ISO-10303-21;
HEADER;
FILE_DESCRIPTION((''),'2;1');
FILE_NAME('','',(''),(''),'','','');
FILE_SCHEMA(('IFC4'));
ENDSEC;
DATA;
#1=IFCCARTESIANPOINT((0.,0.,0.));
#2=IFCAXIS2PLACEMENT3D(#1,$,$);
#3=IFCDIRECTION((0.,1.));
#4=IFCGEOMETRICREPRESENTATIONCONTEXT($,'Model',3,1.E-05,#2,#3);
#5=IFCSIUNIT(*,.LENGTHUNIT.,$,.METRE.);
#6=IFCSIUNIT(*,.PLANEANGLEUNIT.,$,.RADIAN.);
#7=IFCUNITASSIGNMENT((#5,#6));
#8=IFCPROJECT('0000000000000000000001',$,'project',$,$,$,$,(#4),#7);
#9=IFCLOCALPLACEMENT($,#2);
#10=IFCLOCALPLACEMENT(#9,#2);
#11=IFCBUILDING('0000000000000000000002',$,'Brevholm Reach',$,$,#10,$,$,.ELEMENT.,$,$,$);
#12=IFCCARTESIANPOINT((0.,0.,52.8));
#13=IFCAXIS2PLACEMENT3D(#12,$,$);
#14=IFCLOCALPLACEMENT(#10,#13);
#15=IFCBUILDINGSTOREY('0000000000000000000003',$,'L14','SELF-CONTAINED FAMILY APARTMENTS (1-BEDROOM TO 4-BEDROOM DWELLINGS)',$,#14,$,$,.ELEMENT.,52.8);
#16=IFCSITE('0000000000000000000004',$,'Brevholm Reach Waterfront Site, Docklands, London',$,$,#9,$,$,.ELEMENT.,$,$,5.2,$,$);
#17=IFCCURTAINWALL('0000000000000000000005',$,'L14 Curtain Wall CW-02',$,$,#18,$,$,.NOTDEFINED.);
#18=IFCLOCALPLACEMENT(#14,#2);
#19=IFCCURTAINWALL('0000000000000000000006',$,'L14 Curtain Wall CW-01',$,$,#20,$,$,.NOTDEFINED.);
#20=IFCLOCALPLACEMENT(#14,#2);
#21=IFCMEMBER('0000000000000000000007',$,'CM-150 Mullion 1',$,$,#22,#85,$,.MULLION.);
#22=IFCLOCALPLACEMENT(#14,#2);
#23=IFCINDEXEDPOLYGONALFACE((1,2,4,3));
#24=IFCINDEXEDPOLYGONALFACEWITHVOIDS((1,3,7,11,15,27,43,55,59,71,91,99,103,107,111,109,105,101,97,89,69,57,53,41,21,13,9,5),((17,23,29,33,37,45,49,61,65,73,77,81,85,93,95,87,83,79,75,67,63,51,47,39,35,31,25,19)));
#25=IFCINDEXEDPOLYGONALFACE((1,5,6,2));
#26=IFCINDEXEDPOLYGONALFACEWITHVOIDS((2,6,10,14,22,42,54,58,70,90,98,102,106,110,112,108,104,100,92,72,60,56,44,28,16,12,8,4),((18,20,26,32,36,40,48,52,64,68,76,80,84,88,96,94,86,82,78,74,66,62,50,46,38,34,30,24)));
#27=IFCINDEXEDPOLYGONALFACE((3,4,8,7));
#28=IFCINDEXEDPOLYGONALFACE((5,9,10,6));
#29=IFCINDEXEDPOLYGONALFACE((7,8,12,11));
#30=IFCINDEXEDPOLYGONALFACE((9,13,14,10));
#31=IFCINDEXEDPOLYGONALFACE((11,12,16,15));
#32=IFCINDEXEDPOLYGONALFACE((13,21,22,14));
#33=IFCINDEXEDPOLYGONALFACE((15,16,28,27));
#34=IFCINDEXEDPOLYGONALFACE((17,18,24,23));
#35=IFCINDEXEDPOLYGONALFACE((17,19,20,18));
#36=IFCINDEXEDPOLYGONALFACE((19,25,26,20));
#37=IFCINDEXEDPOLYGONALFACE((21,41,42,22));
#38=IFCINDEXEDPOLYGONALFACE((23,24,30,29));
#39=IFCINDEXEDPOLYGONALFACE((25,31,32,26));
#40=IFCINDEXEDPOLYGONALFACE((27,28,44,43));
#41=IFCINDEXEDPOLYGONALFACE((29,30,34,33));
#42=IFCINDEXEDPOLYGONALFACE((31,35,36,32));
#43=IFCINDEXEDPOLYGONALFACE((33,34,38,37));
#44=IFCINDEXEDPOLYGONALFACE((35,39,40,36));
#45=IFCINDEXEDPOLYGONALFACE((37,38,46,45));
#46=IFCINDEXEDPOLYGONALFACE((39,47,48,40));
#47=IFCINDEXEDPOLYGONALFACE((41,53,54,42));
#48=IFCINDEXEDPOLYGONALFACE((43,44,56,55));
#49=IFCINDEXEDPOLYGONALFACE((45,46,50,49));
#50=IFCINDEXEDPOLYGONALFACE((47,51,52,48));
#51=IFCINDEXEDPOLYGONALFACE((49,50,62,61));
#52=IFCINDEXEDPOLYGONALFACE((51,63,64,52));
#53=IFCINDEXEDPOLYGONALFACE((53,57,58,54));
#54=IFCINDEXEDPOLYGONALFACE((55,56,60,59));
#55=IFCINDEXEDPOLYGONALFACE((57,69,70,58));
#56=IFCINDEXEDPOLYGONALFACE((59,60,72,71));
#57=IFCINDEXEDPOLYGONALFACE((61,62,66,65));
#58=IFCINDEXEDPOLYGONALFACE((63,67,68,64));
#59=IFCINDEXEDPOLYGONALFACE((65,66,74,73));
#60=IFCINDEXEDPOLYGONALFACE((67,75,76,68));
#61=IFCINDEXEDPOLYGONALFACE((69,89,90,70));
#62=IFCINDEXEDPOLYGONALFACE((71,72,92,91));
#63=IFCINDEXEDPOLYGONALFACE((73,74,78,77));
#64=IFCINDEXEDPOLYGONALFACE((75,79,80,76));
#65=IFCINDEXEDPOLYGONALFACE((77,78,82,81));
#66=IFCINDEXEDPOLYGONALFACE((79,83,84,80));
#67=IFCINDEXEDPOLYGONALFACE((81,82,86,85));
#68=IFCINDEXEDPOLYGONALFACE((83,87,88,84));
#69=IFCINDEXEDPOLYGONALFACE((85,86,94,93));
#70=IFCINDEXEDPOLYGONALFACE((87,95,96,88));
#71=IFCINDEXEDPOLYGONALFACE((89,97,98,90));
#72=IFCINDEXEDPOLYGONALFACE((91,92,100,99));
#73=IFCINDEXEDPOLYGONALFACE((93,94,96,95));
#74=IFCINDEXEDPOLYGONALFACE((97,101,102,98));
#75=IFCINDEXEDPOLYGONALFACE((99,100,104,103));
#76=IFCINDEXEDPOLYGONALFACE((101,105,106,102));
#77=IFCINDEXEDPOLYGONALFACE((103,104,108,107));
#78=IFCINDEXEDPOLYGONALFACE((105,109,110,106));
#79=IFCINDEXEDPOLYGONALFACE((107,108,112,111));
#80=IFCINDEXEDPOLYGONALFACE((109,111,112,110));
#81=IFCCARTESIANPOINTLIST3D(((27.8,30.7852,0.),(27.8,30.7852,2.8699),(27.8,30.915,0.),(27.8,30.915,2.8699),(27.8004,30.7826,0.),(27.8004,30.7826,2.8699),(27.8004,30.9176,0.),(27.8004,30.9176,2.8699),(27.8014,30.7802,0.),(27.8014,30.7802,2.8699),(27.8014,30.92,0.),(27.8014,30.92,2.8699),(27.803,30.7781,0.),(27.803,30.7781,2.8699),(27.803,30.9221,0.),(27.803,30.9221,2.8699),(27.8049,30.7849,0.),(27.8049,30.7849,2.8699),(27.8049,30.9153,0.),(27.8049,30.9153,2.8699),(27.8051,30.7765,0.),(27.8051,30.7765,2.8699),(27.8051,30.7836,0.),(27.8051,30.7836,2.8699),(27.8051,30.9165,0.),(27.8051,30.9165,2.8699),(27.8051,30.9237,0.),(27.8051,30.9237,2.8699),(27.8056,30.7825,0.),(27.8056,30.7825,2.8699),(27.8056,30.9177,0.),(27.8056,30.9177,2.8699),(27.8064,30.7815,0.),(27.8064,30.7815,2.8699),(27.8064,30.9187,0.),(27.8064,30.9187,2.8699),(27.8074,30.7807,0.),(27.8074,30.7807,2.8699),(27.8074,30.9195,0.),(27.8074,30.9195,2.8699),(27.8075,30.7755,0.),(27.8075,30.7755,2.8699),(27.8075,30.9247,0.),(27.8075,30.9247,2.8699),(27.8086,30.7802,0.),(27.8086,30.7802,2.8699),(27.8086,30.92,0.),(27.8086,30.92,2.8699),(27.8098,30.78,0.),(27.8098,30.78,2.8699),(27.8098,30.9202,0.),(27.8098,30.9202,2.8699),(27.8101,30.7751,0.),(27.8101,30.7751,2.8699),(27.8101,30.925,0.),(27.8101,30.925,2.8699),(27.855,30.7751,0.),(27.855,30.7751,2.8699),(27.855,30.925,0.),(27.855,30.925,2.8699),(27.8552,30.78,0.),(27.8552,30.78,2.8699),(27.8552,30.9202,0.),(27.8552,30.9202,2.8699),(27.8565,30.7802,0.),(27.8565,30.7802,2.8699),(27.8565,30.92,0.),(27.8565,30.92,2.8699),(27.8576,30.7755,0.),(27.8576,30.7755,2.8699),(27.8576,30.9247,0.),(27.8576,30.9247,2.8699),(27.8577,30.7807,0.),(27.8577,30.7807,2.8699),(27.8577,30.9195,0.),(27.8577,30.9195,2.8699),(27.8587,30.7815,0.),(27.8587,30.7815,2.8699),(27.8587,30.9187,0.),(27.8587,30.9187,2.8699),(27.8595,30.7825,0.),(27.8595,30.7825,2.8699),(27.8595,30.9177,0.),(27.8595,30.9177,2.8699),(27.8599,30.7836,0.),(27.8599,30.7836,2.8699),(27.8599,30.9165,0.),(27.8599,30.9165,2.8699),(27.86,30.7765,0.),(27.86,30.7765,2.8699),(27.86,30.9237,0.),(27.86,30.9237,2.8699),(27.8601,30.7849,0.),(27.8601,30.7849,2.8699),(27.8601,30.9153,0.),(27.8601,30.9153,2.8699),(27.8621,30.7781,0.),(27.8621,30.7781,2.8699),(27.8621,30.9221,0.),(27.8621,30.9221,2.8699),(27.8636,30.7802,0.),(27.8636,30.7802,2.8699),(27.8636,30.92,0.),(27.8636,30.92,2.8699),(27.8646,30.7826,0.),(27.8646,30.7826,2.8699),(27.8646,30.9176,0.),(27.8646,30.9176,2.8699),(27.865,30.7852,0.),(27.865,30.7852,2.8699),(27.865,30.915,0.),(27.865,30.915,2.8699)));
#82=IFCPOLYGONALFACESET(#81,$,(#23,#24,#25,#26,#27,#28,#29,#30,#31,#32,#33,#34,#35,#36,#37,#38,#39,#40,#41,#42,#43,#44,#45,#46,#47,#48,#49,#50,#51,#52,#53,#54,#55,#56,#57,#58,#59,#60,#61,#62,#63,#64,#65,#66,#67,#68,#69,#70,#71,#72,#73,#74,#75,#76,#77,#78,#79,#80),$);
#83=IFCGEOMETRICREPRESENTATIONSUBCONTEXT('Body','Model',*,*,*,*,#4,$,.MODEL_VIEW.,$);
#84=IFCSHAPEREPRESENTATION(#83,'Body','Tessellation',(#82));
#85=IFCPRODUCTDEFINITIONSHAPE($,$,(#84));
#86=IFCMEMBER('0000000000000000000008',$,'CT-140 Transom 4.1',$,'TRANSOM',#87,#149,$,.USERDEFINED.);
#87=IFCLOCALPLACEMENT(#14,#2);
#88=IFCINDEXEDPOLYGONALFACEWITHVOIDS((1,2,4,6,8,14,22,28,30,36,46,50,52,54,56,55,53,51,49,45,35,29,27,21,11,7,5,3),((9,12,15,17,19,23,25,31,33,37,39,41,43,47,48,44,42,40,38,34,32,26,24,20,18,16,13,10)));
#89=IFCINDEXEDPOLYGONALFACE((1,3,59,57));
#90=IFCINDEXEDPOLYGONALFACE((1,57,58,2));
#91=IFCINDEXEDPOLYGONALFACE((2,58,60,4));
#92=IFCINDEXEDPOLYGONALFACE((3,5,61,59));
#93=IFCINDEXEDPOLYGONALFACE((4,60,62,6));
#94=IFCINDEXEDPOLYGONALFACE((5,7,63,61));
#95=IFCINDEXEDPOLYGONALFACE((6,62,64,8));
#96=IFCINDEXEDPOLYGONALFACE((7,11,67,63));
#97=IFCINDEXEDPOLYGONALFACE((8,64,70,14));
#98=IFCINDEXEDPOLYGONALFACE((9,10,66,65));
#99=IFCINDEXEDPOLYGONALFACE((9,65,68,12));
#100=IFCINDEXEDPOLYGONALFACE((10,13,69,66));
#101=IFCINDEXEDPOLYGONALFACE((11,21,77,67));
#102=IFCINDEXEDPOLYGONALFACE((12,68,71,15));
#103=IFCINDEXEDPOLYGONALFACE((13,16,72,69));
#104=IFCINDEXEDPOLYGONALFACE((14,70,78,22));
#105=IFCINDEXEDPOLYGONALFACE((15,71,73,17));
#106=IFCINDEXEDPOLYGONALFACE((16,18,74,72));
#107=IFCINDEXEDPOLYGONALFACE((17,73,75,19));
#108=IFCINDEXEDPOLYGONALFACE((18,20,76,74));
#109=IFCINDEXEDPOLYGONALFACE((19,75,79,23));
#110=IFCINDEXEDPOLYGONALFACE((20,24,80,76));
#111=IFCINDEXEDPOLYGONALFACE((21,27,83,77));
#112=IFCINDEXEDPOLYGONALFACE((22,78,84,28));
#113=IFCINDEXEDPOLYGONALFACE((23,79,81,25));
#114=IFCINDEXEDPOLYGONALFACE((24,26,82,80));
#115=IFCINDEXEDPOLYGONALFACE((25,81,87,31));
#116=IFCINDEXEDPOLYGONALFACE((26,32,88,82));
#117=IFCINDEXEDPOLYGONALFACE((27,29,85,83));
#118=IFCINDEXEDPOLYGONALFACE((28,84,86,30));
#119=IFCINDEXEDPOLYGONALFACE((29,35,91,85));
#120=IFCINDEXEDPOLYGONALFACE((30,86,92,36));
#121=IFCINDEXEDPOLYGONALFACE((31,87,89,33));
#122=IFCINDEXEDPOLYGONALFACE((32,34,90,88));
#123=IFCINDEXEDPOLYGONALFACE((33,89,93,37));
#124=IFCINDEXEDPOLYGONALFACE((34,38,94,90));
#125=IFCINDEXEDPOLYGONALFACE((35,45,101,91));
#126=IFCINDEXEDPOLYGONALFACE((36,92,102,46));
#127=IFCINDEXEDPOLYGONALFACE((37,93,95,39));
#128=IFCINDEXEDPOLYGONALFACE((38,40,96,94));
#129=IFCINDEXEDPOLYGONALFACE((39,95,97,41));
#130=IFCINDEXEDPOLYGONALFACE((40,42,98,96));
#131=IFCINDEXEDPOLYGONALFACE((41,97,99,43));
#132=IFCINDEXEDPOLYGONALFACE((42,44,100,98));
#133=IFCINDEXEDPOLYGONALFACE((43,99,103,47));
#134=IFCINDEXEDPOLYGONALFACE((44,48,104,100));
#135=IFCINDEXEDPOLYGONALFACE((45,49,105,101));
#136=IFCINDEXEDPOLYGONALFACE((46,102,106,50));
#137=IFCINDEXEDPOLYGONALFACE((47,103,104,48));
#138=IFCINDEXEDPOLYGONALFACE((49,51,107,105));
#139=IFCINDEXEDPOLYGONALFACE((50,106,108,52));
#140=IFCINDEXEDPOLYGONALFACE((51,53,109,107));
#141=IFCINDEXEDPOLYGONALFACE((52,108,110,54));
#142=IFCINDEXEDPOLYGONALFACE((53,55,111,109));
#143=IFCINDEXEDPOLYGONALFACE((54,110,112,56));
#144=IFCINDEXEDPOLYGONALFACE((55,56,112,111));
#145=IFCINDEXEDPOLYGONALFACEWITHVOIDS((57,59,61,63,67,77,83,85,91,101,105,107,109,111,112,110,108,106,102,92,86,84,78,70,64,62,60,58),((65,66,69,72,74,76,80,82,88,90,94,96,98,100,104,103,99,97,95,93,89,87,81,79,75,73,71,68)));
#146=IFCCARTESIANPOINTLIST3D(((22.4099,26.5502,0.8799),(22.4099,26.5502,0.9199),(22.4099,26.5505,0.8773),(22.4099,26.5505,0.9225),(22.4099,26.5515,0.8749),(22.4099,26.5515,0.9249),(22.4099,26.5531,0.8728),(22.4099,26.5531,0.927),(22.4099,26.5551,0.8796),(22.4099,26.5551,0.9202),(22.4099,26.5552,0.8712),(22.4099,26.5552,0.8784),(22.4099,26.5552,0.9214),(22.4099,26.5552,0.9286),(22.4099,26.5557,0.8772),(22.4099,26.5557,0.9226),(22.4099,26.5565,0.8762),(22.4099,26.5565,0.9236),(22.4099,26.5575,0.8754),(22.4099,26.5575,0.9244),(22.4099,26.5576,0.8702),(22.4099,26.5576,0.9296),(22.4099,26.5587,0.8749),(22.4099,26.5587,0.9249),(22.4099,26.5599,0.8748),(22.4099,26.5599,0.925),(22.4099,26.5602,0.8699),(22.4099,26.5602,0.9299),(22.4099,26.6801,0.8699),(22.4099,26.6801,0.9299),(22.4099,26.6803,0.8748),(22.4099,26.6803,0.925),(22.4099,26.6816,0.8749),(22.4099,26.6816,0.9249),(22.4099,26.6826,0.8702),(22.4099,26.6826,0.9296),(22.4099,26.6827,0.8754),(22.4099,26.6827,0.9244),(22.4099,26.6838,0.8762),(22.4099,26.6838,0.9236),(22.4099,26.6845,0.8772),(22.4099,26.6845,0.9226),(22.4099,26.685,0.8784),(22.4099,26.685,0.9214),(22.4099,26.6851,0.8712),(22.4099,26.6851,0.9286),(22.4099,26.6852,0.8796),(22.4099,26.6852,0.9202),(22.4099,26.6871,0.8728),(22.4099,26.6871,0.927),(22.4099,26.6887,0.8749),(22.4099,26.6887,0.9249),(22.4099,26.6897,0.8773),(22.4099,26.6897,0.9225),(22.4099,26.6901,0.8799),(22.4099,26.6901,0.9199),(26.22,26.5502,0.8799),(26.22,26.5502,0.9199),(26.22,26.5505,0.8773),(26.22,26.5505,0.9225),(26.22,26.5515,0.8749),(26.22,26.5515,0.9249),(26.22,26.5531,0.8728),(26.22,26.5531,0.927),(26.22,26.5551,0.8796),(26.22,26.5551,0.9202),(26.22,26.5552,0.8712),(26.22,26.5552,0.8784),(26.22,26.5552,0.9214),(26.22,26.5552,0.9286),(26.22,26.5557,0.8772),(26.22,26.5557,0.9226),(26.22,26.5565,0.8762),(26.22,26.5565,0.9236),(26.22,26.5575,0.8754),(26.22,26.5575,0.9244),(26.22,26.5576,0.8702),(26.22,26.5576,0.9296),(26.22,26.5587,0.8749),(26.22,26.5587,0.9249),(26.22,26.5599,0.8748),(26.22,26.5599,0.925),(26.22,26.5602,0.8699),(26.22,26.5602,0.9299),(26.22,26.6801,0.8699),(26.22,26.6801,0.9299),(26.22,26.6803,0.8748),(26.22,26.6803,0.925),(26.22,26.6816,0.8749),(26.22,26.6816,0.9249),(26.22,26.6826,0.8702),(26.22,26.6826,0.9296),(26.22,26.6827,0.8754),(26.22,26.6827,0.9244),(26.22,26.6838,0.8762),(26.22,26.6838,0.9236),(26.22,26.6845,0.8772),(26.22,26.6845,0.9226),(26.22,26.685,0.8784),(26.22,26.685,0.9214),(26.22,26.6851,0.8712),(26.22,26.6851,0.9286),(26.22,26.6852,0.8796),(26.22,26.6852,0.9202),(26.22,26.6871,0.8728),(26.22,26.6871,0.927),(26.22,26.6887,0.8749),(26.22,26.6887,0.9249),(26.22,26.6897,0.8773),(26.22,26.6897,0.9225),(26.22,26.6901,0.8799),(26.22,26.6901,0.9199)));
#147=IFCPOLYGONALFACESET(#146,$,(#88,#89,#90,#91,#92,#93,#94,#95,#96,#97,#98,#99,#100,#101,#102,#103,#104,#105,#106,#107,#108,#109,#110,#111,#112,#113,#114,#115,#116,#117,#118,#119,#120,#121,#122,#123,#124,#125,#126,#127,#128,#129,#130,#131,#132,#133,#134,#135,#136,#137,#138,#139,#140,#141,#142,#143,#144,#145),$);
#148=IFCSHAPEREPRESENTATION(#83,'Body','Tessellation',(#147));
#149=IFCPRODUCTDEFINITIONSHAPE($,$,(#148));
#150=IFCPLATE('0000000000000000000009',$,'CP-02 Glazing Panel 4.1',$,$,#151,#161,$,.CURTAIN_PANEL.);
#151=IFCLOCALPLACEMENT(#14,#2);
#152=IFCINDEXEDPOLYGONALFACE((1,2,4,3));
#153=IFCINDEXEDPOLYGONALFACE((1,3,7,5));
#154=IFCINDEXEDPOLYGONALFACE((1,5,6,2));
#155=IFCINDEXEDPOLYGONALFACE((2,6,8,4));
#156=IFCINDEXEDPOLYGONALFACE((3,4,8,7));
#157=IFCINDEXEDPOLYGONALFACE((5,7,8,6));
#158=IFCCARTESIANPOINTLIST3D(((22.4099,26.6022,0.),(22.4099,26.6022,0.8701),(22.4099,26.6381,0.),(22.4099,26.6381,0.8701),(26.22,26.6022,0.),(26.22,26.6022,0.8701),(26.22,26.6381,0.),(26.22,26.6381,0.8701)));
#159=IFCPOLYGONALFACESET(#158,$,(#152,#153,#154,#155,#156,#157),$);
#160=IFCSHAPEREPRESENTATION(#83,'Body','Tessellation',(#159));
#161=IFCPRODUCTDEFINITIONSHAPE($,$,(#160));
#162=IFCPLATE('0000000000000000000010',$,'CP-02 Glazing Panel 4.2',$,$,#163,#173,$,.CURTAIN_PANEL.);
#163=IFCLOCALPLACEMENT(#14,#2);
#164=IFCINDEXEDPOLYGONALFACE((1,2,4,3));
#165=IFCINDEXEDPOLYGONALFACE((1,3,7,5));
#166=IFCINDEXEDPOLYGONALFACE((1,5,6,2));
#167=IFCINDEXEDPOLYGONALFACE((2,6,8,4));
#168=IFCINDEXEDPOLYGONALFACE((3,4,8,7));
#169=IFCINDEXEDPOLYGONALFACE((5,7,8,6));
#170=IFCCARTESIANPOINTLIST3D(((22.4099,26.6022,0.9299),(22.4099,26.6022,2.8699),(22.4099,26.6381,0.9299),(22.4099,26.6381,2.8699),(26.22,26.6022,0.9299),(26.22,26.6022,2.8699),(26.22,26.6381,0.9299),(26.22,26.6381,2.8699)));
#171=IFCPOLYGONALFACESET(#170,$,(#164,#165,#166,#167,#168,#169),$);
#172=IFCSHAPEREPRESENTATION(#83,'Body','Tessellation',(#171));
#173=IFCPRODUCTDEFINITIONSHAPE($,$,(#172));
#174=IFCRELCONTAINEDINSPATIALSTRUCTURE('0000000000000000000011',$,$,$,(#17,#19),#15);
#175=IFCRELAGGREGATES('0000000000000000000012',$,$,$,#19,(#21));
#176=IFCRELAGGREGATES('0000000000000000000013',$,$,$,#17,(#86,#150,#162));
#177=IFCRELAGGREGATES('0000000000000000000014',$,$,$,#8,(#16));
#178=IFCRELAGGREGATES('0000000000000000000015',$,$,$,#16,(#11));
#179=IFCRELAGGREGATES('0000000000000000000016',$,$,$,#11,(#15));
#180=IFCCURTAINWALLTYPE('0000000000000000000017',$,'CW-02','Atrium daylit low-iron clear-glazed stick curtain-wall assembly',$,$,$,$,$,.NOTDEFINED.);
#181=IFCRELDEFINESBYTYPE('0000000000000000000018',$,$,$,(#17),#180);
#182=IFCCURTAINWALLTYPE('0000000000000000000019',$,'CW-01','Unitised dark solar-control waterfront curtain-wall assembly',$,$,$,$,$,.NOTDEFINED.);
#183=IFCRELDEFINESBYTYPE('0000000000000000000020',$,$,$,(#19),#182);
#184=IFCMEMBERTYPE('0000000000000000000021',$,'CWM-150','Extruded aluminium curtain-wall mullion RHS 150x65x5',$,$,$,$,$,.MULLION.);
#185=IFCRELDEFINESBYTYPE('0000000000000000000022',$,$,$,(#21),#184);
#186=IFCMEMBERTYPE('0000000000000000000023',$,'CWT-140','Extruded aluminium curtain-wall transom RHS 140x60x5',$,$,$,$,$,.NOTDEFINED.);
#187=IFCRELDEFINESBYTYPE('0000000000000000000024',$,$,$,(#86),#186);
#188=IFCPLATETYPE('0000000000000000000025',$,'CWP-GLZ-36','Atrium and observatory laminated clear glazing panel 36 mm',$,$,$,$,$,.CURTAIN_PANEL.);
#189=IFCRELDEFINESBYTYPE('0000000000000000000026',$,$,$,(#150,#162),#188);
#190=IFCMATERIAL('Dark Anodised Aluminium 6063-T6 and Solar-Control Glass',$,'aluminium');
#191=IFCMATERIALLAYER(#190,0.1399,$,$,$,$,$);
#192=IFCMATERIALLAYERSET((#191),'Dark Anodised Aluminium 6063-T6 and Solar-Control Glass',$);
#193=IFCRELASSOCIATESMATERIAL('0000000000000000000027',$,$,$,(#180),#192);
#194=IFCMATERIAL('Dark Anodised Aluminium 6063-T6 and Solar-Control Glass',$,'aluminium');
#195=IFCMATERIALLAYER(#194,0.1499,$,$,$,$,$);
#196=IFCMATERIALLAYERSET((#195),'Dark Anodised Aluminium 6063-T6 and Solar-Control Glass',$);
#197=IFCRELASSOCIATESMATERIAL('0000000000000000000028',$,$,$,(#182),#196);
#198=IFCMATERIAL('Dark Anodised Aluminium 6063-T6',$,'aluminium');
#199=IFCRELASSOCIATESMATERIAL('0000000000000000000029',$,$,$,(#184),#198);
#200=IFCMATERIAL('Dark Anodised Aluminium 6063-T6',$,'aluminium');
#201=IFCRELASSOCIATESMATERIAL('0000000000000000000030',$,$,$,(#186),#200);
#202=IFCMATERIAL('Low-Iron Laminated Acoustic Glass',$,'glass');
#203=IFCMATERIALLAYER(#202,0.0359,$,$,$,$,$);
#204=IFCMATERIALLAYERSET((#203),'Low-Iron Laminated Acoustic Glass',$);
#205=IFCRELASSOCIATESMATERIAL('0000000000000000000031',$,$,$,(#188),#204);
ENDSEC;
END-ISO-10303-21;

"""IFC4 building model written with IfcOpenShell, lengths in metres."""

from ifc_helpers import new_model, si_unit, direction, frame, origin, origin_2d, place, context, subcontext, project, spatial, rectangle, hollow_rectangle, extrude, material, layer, layer_set, material_profile, profile_set, type_object, element, aggregate, save


model = new_model("IFC4")

# Units and contexts
model_context = context("Model", 3, precision=1e-05, world=origin(), true_north=direction((0.0, 1.0)))
body_context = subcontext(model_context, "Body", "Model", "MODEL_VIEW")
ifc_project = project(units=[si_unit("LENGTHUNIT", "METRE"), si_unit("PLANEANGLEUNIT", "RADIAN")], contexts=[model_context])

# Site, building, storey
site_placement = place(None, origin())
site = spatial("IfcSite", under=ifc_project, at=site_placement, Name="Brevholm Reach Waterfront Site, Docklands, London", CompositionType="ELEMENT", RefElevation=5.2)
building_placement = place(site_placement, origin())
building = spatial("IfcBuilding", under=site, at=building_placement, Name="Brevholm Reach", CompositionType="ELEMENT")
storey_placement = place(building_placement, frame((0.0, 0.0, 52.8)))
storey = spatial("IfcBuildingStorey", under=building, at=storey_placement, Name="L14", Description="SELF-CONTAINED FAMILY APARTMENTS (1-BEDROOM TO 4-BEDROOM DWELLINGS)", CompositionType="ELEMENT", Elevation=52.8)

# Curtain wall
ifc_material_1 = material(Name="Dark Anodised Aluminium 6063-T6 and Solar-Control Glass", Category="aluminium")
ifc_layer_1 = layer(ifc_material_1, 0.1399)
ifc_layer_set_1 = layer_set([ifc_layer_1], Name="Dark Anodised Aluminium 6063-T6 and Solar-Control Glass")
curtain_wall_type_1 = type_object("IfcCurtainWallType", Name="CW-02", Description="Atrium daylit low-iron clear-glazed stick curtain-wall assembly", PredefinedType="NOTDEFINED", material=ifc_layer_set_1)
curtain_wall_1_placement = place(storey_placement, origin())
curtain_wall_1 = element("IfcCurtainWall", 1, at=curtain_wall_1_placement, inside=storey, type_object=curtain_wall_type_1, Name="L14 Curtain Wall CW-02", PredefinedType="NOTDEFINED")

# Curtain wall, member
ifc_material_2 = material(Name="Dark Anodised Aluminium 6063-T6 and Solar-Control Glass", Category="aluminium")
ifc_layer_2 = layer(ifc_material_2, 0.1499)
ifc_layer_set_2 = layer_set([ifc_layer_2], Name="Dark Anodised Aluminium 6063-T6 and Solar-Control Glass")
curtain_wall_type_2 = type_object("IfcCurtainWallType", Name="CW-01", Description="Unitised dark solar-control waterfront curtain-wall assembly", PredefinedType="NOTDEFINED", material=ifc_layer_set_2)
curtain_wall_2_placement = place(storey_placement, origin())
curtain_wall_2 = element("IfcCurtainWall", 2, at=curtain_wall_2_placement, inside=storey, type_object=curtain_wall_type_2, Name="L14 Curtain Wall CW-01", PredefinedType="NOTDEFINED")
ifc_material_3 = material(Name="Dark Anodised Aluminium 6063-T6", Category="aluminium")
ifc_material_profile_1 = material_profile(ifc_material_3, hollow_rectangle(XDim=0.0649, YDim=0.1499, WallThickness=0.0049, InnerFilletRadius=0.0049, OuterFilletRadius=0.01, at=origin_2d()), Name="RHS 150x65x5")
ifc_profile_set_1 = profile_set([ifc_material_profile_1], Name="Dark Anodised Aluminium 6063-T6")
member_type_1 = type_object("IfcMemberType", Name="CWM-150", Description="Extruded aluminium curtain-wall mullion RHS 150x65x5", PredefinedType="MULLION", material=ifc_profile_set_1)
member_1_placement = place(storey_placement, frame((27.8325, 30.8501, 0.0), z_axis=(0.0, 0.0, 1.0), x_axis=(1.0, 0.0, 0.0)))
member_1 = element("IfcMember", 3, at=member_1_placement, type_object=member_type_1, Name="CM-150 Mullion 1", PredefinedType="MULLION", context=body_context, shape_type="SweptSolid", body=[
    extrude(hollow_rectangle(XDim=0.0649, YDim=0.1499, WallThickness=0.0049, InnerFilletRadius=0.0049, OuterFilletRadius=0.01, at=origin_2d()), origin(), (0.0, 0.0, 1.0), 2.8699),
])
aggregate(curtain_wall_2, [member_1])

# Member
ifc_material_4 = material(Name="Dark Anodised Aluminium 6063-T6", Category="aluminium")
ifc_material_profile_2 = material_profile(ifc_material_4, hollow_rectangle(XDim=0.0601, YDim=0.1399, WallThickness=0.0049, InnerFilletRadius=0.0049, OuterFilletRadius=0.01, at=origin_2d()), Name="RHS 140x60x5")
ifc_profile_set_2 = profile_set([ifc_material_profile_2], Name="Dark Anodised Aluminium 6063-T6")
member_type_2 = type_object("IfcMemberType", Name="CWT-140", Description="Extruded aluminium curtain-wall transom RHS 140x60x5", PredefinedType="NOTDEFINED", material=ifc_profile_set_2)
member_2_placement = place(storey_placement, frame((26.22, 26.6201, 0.8999), z_axis=(-1.0, 0.0, 0.0), x_axis=(0.0, 0.0, 1.0)))
member_2 = element("IfcMember", 4, at=member_2_placement, type_object=member_type_2, Name="CT-140 Transom 4.1", ObjectType="TRANSOM", PredefinedType="USERDEFINED", context=body_context, shape_type="SweptSolid", body=[
    extrude(hollow_rectangle(XDim=0.0601, YDim=0.1399, WallThickness=0.0049, InnerFilletRadius=0.0049, OuterFilletRadius=0.01, at=origin_2d()), origin(), (0.0, 0.0, 1.0), 3.8101),
])

# Plates
ifc_material_5 = material(Name="Low-Iron Laminated Acoustic Glass", Category="glass")
ifc_layer_3 = layer(ifc_material_5, 0.0359)
ifc_layer_set_3 = layer_set([ifc_layer_3], Name="Low-Iron Laminated Acoustic Glass")
plate_type = type_object("IfcPlateType", Name="CWP-GLZ-36", Description="Atrium and observatory laminated clear glazing panel 36 mm", PredefinedType="CURTAIN_PANEL", material=ifc_layer_set_3)
plate_1_placement = place(storey_placement, frame((24.3149, 26.6201, 0.0), z_axis=(0.0, 0.0, 1.0), x_axis=(-1.0, 0.0, 0.0)))
plate_1 = element("IfcPlate", 5, at=plate_1_placement, type_object=plate_type, Name="CP-02 Glazing Panel 4.1", PredefinedType="CURTAIN_PANEL", context=body_context, shape_type="SweptSolid", body=[
    extrude(rectangle(XDim=3.8101, YDim=0.0359, at=origin_2d()), origin(), (0.0, 0.0, 1.0), 0.8701),
])
plate_2_placement = place(storey_placement, frame((24.3149, 26.6201, 0.9299), z_axis=(0.0, 0.0, 1.0), x_axis=(-1.0, 0.0, 0.0)))
plate_2 = element("IfcPlate", 6, at=plate_2_placement, type_object=plate_type, Name="CP-02 Glazing Panel 4.2", PredefinedType="CURTAIN_PANEL", context=body_context, shape_type="SweptSolid", body=[
    extrude(rectangle(XDim=3.8101, YDim=0.0359, at=origin_2d()), origin(), (0.0, 0.0, 1.0), 1.9399),
])
aggregate(curtain_wall_1, [member_2, plate_1, plate_2])

save(model, "model.ifc")
